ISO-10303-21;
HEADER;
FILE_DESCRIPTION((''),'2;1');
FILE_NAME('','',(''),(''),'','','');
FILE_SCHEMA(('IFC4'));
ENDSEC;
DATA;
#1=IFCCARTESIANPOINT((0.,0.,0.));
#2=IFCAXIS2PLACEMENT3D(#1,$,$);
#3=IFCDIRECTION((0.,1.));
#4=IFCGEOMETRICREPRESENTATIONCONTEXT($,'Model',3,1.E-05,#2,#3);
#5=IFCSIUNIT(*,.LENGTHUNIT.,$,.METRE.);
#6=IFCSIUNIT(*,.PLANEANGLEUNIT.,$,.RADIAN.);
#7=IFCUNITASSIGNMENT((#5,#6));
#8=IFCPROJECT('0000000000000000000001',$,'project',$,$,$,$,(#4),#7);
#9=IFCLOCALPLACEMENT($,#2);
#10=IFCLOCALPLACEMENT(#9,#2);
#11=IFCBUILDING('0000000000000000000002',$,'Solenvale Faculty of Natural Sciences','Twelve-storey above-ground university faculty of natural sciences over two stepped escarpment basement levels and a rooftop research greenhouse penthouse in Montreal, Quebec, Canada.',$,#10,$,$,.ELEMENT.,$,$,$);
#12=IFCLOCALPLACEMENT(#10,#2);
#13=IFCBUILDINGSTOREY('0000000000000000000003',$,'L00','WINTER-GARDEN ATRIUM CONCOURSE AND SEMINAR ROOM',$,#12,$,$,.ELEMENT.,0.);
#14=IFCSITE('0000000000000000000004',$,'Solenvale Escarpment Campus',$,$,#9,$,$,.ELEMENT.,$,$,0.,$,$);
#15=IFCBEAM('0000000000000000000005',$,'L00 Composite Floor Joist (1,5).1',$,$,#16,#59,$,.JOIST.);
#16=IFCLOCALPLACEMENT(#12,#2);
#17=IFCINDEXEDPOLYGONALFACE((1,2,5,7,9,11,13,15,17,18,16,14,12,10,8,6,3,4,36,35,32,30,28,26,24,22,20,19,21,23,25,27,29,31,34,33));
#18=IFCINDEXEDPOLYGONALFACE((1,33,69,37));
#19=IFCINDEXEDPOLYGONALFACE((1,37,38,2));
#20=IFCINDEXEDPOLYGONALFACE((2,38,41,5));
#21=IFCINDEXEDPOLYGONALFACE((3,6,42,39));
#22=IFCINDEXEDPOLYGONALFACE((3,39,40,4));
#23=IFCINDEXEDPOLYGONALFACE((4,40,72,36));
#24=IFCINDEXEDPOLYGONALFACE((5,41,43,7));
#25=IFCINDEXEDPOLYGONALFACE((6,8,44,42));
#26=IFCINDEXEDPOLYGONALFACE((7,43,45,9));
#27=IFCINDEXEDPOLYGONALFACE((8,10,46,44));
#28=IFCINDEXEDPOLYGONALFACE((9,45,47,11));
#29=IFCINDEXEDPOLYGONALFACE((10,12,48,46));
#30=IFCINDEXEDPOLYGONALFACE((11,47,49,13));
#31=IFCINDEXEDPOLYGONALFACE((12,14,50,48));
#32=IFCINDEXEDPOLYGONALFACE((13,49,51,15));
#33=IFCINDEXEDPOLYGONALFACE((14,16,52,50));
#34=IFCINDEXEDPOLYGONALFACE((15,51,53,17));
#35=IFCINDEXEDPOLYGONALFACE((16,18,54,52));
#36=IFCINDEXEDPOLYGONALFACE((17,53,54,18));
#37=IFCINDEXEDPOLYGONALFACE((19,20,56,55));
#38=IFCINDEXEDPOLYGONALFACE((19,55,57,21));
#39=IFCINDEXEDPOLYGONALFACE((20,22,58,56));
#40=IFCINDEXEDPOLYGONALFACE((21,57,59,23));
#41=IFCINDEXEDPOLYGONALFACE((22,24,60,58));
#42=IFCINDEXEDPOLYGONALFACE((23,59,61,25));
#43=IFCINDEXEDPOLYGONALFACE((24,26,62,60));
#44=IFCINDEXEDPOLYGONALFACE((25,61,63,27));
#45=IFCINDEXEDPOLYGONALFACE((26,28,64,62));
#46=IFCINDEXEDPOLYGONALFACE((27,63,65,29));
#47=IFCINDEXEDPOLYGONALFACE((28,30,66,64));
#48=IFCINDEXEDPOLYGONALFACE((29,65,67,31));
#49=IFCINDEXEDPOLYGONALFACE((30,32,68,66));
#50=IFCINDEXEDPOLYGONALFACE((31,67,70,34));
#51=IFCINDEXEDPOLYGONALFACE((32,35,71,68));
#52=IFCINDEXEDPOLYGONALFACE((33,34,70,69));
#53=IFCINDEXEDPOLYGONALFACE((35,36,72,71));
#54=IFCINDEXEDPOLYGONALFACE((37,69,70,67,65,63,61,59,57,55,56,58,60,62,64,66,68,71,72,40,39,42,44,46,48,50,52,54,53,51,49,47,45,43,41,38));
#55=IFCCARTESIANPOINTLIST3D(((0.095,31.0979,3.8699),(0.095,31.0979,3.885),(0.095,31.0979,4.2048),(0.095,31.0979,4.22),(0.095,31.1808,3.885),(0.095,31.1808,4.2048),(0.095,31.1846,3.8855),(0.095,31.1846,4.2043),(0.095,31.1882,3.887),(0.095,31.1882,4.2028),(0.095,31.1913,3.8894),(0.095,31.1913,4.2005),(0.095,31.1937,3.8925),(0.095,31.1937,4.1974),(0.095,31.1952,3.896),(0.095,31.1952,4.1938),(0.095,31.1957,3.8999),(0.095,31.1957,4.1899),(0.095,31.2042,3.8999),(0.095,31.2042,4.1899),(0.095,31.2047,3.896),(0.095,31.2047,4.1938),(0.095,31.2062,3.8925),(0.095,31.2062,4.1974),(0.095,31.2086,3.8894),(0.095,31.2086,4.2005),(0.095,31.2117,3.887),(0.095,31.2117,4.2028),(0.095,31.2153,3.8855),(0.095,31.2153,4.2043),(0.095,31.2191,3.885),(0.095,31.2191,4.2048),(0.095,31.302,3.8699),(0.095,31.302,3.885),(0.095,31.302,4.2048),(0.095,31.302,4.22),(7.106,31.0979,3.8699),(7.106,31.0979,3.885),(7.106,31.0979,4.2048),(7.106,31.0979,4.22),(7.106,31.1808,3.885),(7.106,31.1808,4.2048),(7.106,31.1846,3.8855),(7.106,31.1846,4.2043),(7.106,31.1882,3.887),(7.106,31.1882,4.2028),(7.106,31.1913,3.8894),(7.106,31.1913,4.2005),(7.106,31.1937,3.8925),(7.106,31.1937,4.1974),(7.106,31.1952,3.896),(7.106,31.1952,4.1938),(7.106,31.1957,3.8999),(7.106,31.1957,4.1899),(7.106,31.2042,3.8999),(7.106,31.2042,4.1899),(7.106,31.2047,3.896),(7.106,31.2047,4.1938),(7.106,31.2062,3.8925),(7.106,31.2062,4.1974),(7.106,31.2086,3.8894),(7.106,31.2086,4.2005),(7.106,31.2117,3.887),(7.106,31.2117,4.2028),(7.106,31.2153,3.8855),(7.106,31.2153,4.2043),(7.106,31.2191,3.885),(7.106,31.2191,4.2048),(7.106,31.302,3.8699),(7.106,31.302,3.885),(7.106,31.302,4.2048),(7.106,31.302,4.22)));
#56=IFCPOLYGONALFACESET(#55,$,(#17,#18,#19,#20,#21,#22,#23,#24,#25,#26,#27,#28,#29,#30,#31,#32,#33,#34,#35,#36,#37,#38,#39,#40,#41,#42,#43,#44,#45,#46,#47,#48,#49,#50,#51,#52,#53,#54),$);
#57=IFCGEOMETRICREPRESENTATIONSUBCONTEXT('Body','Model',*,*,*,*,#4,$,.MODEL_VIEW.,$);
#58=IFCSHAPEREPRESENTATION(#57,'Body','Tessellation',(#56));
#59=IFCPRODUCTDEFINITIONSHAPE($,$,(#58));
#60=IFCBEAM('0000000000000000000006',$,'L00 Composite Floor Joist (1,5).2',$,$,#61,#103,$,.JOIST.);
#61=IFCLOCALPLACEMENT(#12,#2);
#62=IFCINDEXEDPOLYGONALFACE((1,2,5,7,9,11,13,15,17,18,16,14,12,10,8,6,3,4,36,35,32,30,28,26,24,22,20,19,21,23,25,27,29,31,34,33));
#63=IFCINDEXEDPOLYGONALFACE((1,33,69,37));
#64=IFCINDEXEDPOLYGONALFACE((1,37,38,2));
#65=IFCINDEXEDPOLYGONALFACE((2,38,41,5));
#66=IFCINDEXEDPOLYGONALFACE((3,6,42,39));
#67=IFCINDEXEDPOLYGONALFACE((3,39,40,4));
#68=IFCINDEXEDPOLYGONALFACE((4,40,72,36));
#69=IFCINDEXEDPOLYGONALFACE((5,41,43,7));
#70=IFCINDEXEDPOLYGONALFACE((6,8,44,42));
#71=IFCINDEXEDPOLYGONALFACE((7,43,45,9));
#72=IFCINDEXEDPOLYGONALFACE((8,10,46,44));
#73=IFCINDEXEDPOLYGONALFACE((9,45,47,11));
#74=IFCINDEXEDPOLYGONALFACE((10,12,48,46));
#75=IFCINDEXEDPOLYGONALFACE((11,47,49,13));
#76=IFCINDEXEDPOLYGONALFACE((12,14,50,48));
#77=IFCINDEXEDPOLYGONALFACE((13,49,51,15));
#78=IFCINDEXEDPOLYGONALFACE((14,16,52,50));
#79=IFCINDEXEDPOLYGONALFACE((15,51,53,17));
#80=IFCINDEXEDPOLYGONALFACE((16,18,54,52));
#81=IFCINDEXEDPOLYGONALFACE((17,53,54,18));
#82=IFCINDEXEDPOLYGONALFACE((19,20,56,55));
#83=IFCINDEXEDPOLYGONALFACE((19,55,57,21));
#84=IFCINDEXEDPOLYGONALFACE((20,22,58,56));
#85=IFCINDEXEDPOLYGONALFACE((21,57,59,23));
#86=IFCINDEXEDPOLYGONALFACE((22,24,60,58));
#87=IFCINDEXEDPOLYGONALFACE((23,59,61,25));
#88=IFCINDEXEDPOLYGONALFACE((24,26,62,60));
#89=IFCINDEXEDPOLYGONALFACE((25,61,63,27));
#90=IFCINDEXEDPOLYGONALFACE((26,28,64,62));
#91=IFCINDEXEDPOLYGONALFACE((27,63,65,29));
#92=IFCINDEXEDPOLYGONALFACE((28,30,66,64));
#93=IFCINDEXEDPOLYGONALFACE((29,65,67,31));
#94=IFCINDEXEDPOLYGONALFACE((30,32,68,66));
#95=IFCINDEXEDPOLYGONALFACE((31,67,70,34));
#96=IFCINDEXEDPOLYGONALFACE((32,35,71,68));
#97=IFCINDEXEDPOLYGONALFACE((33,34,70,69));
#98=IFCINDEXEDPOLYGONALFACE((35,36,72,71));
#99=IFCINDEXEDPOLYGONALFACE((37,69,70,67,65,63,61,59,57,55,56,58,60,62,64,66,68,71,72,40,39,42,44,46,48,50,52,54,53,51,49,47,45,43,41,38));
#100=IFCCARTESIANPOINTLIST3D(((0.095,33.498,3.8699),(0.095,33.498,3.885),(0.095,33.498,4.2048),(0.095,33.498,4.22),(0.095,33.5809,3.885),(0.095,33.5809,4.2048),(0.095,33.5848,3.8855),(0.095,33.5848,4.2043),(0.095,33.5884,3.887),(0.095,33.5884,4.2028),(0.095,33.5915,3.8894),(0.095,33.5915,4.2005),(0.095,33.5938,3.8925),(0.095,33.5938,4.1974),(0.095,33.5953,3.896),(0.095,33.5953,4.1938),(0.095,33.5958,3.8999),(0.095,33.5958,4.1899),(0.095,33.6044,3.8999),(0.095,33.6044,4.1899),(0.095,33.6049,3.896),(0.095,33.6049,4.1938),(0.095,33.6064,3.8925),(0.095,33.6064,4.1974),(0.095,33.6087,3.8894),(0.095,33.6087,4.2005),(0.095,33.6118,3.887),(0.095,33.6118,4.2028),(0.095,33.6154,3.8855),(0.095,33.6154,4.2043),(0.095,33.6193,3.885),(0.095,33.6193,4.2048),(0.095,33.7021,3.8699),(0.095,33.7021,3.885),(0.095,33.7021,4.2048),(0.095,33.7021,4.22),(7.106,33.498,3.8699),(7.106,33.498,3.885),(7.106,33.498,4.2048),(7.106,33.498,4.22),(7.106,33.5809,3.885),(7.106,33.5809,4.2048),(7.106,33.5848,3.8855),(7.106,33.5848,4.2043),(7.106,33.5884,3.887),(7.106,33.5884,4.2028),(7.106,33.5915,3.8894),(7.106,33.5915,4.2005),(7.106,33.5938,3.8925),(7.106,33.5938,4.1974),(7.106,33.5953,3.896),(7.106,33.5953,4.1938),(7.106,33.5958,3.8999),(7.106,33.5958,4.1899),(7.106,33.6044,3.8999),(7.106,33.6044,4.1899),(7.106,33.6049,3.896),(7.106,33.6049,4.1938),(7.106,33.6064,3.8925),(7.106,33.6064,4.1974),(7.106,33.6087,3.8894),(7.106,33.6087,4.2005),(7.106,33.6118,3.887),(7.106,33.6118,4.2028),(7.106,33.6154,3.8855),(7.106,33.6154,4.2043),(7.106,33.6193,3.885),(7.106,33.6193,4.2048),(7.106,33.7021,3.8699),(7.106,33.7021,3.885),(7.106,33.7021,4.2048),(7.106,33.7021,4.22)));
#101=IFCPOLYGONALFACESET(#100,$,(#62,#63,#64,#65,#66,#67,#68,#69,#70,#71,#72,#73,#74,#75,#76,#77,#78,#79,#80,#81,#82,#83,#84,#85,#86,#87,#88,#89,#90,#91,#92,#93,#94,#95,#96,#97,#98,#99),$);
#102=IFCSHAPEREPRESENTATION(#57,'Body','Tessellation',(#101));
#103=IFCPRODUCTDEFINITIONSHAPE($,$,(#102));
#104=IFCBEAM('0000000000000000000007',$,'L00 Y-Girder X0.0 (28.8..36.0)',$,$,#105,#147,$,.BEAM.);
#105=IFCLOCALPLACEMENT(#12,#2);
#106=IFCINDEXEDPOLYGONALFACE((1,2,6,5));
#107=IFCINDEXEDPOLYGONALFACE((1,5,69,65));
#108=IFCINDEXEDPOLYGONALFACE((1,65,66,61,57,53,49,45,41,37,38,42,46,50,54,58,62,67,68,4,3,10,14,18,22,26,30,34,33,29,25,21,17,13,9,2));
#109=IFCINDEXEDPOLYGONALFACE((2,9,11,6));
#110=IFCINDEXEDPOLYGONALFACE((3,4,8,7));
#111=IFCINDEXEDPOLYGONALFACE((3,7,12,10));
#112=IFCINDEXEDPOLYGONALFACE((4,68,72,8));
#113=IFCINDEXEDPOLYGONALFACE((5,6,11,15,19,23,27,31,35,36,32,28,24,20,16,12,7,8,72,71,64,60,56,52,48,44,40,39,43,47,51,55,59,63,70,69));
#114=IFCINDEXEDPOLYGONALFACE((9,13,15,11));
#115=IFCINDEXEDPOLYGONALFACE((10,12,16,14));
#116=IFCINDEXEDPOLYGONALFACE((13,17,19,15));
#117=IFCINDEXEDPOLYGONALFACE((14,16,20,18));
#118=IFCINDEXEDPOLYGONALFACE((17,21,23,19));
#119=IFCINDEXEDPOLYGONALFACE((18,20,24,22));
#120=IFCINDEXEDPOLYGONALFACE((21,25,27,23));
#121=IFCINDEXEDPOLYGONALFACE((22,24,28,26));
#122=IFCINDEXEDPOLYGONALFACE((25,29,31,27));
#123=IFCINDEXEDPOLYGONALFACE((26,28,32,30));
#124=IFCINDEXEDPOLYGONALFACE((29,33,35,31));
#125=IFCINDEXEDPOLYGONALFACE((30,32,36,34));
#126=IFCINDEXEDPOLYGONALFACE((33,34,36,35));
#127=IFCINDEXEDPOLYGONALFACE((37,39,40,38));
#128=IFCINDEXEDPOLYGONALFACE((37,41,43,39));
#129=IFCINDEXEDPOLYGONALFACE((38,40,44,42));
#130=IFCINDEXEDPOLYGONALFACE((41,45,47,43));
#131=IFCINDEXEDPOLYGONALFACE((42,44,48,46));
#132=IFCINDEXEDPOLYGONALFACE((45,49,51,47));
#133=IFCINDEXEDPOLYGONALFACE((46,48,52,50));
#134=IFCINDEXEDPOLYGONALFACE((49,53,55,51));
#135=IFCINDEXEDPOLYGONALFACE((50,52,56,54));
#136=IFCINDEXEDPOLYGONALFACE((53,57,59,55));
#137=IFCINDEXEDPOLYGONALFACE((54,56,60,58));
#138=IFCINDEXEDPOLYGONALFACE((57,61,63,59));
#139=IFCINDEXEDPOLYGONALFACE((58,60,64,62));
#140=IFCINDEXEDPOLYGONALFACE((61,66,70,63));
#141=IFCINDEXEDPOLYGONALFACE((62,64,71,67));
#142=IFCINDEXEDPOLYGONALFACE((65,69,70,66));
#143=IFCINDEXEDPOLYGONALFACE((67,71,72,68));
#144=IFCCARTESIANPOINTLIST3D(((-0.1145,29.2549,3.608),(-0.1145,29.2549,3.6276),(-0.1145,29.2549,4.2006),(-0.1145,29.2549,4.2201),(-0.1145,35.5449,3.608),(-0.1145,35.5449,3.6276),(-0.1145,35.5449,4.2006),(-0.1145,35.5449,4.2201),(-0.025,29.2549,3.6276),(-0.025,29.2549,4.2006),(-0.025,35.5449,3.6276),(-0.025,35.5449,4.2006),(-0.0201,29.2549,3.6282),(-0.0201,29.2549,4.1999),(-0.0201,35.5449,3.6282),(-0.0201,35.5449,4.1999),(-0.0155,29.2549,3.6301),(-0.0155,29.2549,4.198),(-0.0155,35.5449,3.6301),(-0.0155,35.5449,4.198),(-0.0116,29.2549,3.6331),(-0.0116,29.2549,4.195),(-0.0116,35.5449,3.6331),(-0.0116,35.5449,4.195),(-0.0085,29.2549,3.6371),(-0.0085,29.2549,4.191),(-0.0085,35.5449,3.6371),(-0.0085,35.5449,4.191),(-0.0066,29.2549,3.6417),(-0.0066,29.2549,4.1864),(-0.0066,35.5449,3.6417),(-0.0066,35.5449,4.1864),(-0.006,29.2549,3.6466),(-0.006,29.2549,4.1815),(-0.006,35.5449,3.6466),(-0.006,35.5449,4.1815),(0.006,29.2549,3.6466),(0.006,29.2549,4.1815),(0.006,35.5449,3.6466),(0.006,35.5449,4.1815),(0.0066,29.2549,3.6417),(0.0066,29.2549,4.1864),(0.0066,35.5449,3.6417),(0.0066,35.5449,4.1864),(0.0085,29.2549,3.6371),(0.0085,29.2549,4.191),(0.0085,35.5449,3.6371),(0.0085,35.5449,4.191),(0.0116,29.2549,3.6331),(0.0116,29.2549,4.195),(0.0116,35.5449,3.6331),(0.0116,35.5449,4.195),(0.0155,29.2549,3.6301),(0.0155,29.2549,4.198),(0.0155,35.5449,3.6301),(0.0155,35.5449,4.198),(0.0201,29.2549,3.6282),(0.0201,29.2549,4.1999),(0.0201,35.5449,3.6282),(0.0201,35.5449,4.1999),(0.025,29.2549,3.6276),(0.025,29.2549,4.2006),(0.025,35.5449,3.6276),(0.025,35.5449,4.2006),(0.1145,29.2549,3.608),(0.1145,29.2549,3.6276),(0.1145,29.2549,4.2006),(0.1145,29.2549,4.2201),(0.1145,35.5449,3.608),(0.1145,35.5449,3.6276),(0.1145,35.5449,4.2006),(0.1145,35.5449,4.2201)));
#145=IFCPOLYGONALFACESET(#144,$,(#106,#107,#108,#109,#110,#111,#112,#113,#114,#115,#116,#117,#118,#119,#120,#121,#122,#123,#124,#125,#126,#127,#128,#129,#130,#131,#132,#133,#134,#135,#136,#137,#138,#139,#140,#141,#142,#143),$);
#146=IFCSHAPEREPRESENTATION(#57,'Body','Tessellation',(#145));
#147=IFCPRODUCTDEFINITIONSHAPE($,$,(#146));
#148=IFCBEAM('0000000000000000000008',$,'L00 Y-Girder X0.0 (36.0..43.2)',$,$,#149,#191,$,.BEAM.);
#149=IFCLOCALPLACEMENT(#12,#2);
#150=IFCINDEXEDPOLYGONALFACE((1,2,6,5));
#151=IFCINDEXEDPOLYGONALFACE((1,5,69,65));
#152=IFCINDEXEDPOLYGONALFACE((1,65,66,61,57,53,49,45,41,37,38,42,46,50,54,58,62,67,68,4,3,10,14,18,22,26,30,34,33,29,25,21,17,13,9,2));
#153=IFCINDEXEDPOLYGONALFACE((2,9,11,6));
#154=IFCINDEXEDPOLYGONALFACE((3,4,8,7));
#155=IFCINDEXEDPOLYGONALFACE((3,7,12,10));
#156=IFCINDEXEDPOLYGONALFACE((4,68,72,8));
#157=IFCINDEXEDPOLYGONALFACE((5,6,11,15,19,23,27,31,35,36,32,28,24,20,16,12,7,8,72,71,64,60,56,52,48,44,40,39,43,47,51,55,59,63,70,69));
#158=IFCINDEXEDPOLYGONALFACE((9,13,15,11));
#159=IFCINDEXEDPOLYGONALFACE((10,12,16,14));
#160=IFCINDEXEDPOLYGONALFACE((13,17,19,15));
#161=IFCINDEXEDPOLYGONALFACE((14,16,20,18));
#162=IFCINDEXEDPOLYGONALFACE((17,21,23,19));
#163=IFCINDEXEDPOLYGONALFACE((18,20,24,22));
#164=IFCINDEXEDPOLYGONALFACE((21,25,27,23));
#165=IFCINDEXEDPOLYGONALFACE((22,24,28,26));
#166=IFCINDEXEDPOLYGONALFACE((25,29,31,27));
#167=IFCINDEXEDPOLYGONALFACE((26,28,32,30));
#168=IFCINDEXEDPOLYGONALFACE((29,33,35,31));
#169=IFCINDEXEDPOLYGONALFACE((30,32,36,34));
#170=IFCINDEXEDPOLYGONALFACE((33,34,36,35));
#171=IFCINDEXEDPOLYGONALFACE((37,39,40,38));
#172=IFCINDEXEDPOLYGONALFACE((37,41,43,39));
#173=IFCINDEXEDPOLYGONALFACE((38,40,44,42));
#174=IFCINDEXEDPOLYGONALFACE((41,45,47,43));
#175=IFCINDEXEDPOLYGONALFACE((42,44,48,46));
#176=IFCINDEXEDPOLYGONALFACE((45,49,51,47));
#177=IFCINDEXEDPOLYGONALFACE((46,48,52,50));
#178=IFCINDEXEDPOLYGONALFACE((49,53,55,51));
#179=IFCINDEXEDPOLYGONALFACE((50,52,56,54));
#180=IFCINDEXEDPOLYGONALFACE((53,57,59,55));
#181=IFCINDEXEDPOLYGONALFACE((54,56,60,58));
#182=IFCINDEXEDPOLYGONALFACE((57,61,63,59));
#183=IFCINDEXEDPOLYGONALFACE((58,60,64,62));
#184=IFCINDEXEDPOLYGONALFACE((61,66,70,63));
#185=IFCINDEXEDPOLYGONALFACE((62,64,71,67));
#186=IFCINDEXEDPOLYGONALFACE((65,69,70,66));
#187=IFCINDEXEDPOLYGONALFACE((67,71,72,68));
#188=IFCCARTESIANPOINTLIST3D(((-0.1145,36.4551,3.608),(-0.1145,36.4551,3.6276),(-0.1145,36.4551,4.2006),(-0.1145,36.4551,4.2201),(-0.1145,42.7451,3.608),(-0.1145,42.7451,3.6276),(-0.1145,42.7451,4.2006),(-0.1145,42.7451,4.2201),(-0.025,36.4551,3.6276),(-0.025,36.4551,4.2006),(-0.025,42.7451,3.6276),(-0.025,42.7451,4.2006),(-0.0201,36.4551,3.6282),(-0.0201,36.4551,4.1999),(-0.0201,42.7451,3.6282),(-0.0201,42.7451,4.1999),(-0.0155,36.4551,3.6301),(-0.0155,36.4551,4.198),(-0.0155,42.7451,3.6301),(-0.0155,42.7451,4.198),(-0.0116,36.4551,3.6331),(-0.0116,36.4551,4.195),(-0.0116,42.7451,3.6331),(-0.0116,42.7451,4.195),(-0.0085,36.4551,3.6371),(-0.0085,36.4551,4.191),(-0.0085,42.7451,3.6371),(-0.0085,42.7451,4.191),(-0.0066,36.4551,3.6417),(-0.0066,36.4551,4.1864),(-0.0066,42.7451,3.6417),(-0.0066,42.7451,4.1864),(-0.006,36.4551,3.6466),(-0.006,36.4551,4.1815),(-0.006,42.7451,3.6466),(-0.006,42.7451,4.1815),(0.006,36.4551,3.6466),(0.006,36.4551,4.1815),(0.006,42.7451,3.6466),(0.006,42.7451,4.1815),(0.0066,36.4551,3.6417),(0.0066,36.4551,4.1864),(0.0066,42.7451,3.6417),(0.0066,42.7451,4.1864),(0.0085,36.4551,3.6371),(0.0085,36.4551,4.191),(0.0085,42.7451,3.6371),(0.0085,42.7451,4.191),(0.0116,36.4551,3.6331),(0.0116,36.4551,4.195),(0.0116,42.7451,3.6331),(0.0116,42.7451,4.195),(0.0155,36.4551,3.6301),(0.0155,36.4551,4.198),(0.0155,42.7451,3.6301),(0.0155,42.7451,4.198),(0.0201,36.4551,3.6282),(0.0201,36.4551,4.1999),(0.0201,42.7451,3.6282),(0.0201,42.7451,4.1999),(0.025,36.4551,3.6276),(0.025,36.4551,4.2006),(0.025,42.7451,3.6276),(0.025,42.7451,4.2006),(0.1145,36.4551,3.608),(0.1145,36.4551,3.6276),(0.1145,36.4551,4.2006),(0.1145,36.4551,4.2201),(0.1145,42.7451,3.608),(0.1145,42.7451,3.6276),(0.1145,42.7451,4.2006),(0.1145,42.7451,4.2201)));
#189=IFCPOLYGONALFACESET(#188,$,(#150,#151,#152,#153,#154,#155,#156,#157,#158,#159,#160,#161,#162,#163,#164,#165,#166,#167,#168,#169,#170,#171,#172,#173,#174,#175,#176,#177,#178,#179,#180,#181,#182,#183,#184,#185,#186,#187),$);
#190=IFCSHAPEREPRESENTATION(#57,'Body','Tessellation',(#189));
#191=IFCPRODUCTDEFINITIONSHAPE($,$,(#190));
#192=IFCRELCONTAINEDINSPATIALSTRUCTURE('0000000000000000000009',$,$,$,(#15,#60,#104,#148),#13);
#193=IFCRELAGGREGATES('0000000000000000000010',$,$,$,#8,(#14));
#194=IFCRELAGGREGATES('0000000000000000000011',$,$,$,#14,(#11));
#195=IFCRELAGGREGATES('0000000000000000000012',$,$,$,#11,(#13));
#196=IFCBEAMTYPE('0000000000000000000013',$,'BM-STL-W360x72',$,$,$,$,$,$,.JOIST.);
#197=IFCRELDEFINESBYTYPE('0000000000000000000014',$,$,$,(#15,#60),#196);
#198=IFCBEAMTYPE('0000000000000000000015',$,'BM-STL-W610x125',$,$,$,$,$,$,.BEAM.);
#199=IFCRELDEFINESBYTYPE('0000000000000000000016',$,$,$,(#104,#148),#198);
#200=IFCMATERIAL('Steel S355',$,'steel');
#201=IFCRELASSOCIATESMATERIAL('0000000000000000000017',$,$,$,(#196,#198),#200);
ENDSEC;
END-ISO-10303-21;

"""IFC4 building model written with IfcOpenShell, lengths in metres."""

from ifc_helpers import new_model, si_unit, direction, frame, origin, origin_2d, place, context, subcontext, project, spatial, i_section, extrude, material, material_profile, profile_set, type_object, element, save


model = new_model("IFC4")

# Units and contexts
model_context = context("Model", 3, precision=1e-05, world=origin(), true_north=direction((0.0, 1.0)))
body_context = subcontext(model_context, "Body", "Model", "MODEL_VIEW")
ifc_project = project(units=[si_unit("LENGTHUNIT", "METRE"), si_unit("PLANEANGLEUNIT", "RADIAN")], contexts=[model_context])

# Site, building, storey
site_placement = place(None, origin())
site = spatial("IfcSite", under=ifc_project, at=site_placement, Name="Solenvale Escarpment Campus", CompositionType="ELEMENT", RefElevation=0.0)
building_placement = place(site_placement, origin())
building = spatial("IfcBuilding", under=site, at=building_placement, Name="Solenvale Faculty of Natural Sciences", Description="Twelve-storey above-ground university faculty of natural sciences over two stepped escarpment basement levels and a rooftop research greenhouse penthouse in Montreal, Quebec, Canada.", CompositionType="ELEMENT")
storey_placement = place(building_placement, origin())
storey = spatial("IfcBuildingStorey", under=building, at=storey_placement, Name="L00", Description="WINTER-GARDEN ATRIUM CONCOURSE AND SEMINAR ROOM", CompositionType="ELEMENT", Elevation=0.0)

# Beams
ifc_material_1 = material(Name="Steel S355", Category="steel")
ifc_material_profile_1 = material_profile(ifc_material_1, i_section(OverallWidth=0.2041, OverallDepth=0.3501, WebThickness=0.0085, FlangeThickness=0.0151, FilletRadius=0.0149, at=origin_2d()), Name="W360x72")
ifc_profile_set_1 = profile_set([ifc_material_profile_1], Name="Steel S355")
beam_type_1 = type_object("IfcBeamType", Name="BM-STL-W360x72", PredefinedType="JOIST", material=ifc_profile_set_1)
for number, where, z_axis, x_axis, name in (
    (1, (0.095, 31.2, 4.0449), (1.0, 0.0, 0.0), (0.0, 1.0, 0.0), "L00 Composite Floor Joist (1,5).1"),
    (2, (0.095, 33.6001, 4.0449), (1.0, 0.0, 0.0), (0.0, 1.0, 0.0), "L00 Composite Floor Joist (1,5).2"),
):
    element("IfcBeam", number, at=place(storey_placement, frame(where, z_axis=z_axis, x_axis=x_axis)), inside=storey, type_object=beam_type_1, Name=name, PredefinedType="JOIST", context=body_context, shape_type="SweptSolid", body=[
        extrude(i_section(OverallWidth=0.2041, OverallDepth=0.3501, WebThickness=0.0085, FlangeThickness=0.0151, FilletRadius=0.0149, at=origin_2d()), origin(), (0.0, 0.0, 1.0), 7.011),
    ])
ifc_material_profile_2 = material_profile(ifc_material_1, i_section(OverallWidth=0.229, OverallDepth=0.6121, WebThickness=0.012, FlangeThickness=0.0195, FilletRadius=0.019, at=origin_2d()), Name="W610x125")
ifc_profile_set_2 = profile_set([ifc_material_profile_2], Name="Steel S355")
beam_type_2 = type_object("IfcBeamType", Name="BM-STL-W610x125", PredefinedType="BEAM", material=ifc_profile_set_2)
for number, where, z_axis, x_axis, name in (
    (3, (0.0, 29.2549, 3.9141), (0.0, 1.0, 0.0), (-1.0, 0.0, 0.0), "L00 Y-Girder X0.0 (28.8..36.0)"),
    (4, (0.0, 36.4551, 3.9141), (0.0, 1.0, 0.0), (-1.0, 0.0, 0.0), "L00 Y-Girder X0.0 (36.0..43.2)"),
):
    element("IfcBeam", number, at=place(storey_placement, frame(where, z_axis=z_axis, x_axis=x_axis)), inside=storey, type_object=beam_type_2, Name=name, PredefinedType="BEAM", context=body_context, shape_type="SweptSolid", body=[
        extrude(i_section(OverallWidth=0.229, OverallDepth=0.6121, WebThickness=0.012, FlangeThickness=0.0195, FilletRadius=0.019, at=origin_2d()), origin(), (0.0, 0.0, 1.0), 6.29),
    ])

save(model, "model.ifc")
